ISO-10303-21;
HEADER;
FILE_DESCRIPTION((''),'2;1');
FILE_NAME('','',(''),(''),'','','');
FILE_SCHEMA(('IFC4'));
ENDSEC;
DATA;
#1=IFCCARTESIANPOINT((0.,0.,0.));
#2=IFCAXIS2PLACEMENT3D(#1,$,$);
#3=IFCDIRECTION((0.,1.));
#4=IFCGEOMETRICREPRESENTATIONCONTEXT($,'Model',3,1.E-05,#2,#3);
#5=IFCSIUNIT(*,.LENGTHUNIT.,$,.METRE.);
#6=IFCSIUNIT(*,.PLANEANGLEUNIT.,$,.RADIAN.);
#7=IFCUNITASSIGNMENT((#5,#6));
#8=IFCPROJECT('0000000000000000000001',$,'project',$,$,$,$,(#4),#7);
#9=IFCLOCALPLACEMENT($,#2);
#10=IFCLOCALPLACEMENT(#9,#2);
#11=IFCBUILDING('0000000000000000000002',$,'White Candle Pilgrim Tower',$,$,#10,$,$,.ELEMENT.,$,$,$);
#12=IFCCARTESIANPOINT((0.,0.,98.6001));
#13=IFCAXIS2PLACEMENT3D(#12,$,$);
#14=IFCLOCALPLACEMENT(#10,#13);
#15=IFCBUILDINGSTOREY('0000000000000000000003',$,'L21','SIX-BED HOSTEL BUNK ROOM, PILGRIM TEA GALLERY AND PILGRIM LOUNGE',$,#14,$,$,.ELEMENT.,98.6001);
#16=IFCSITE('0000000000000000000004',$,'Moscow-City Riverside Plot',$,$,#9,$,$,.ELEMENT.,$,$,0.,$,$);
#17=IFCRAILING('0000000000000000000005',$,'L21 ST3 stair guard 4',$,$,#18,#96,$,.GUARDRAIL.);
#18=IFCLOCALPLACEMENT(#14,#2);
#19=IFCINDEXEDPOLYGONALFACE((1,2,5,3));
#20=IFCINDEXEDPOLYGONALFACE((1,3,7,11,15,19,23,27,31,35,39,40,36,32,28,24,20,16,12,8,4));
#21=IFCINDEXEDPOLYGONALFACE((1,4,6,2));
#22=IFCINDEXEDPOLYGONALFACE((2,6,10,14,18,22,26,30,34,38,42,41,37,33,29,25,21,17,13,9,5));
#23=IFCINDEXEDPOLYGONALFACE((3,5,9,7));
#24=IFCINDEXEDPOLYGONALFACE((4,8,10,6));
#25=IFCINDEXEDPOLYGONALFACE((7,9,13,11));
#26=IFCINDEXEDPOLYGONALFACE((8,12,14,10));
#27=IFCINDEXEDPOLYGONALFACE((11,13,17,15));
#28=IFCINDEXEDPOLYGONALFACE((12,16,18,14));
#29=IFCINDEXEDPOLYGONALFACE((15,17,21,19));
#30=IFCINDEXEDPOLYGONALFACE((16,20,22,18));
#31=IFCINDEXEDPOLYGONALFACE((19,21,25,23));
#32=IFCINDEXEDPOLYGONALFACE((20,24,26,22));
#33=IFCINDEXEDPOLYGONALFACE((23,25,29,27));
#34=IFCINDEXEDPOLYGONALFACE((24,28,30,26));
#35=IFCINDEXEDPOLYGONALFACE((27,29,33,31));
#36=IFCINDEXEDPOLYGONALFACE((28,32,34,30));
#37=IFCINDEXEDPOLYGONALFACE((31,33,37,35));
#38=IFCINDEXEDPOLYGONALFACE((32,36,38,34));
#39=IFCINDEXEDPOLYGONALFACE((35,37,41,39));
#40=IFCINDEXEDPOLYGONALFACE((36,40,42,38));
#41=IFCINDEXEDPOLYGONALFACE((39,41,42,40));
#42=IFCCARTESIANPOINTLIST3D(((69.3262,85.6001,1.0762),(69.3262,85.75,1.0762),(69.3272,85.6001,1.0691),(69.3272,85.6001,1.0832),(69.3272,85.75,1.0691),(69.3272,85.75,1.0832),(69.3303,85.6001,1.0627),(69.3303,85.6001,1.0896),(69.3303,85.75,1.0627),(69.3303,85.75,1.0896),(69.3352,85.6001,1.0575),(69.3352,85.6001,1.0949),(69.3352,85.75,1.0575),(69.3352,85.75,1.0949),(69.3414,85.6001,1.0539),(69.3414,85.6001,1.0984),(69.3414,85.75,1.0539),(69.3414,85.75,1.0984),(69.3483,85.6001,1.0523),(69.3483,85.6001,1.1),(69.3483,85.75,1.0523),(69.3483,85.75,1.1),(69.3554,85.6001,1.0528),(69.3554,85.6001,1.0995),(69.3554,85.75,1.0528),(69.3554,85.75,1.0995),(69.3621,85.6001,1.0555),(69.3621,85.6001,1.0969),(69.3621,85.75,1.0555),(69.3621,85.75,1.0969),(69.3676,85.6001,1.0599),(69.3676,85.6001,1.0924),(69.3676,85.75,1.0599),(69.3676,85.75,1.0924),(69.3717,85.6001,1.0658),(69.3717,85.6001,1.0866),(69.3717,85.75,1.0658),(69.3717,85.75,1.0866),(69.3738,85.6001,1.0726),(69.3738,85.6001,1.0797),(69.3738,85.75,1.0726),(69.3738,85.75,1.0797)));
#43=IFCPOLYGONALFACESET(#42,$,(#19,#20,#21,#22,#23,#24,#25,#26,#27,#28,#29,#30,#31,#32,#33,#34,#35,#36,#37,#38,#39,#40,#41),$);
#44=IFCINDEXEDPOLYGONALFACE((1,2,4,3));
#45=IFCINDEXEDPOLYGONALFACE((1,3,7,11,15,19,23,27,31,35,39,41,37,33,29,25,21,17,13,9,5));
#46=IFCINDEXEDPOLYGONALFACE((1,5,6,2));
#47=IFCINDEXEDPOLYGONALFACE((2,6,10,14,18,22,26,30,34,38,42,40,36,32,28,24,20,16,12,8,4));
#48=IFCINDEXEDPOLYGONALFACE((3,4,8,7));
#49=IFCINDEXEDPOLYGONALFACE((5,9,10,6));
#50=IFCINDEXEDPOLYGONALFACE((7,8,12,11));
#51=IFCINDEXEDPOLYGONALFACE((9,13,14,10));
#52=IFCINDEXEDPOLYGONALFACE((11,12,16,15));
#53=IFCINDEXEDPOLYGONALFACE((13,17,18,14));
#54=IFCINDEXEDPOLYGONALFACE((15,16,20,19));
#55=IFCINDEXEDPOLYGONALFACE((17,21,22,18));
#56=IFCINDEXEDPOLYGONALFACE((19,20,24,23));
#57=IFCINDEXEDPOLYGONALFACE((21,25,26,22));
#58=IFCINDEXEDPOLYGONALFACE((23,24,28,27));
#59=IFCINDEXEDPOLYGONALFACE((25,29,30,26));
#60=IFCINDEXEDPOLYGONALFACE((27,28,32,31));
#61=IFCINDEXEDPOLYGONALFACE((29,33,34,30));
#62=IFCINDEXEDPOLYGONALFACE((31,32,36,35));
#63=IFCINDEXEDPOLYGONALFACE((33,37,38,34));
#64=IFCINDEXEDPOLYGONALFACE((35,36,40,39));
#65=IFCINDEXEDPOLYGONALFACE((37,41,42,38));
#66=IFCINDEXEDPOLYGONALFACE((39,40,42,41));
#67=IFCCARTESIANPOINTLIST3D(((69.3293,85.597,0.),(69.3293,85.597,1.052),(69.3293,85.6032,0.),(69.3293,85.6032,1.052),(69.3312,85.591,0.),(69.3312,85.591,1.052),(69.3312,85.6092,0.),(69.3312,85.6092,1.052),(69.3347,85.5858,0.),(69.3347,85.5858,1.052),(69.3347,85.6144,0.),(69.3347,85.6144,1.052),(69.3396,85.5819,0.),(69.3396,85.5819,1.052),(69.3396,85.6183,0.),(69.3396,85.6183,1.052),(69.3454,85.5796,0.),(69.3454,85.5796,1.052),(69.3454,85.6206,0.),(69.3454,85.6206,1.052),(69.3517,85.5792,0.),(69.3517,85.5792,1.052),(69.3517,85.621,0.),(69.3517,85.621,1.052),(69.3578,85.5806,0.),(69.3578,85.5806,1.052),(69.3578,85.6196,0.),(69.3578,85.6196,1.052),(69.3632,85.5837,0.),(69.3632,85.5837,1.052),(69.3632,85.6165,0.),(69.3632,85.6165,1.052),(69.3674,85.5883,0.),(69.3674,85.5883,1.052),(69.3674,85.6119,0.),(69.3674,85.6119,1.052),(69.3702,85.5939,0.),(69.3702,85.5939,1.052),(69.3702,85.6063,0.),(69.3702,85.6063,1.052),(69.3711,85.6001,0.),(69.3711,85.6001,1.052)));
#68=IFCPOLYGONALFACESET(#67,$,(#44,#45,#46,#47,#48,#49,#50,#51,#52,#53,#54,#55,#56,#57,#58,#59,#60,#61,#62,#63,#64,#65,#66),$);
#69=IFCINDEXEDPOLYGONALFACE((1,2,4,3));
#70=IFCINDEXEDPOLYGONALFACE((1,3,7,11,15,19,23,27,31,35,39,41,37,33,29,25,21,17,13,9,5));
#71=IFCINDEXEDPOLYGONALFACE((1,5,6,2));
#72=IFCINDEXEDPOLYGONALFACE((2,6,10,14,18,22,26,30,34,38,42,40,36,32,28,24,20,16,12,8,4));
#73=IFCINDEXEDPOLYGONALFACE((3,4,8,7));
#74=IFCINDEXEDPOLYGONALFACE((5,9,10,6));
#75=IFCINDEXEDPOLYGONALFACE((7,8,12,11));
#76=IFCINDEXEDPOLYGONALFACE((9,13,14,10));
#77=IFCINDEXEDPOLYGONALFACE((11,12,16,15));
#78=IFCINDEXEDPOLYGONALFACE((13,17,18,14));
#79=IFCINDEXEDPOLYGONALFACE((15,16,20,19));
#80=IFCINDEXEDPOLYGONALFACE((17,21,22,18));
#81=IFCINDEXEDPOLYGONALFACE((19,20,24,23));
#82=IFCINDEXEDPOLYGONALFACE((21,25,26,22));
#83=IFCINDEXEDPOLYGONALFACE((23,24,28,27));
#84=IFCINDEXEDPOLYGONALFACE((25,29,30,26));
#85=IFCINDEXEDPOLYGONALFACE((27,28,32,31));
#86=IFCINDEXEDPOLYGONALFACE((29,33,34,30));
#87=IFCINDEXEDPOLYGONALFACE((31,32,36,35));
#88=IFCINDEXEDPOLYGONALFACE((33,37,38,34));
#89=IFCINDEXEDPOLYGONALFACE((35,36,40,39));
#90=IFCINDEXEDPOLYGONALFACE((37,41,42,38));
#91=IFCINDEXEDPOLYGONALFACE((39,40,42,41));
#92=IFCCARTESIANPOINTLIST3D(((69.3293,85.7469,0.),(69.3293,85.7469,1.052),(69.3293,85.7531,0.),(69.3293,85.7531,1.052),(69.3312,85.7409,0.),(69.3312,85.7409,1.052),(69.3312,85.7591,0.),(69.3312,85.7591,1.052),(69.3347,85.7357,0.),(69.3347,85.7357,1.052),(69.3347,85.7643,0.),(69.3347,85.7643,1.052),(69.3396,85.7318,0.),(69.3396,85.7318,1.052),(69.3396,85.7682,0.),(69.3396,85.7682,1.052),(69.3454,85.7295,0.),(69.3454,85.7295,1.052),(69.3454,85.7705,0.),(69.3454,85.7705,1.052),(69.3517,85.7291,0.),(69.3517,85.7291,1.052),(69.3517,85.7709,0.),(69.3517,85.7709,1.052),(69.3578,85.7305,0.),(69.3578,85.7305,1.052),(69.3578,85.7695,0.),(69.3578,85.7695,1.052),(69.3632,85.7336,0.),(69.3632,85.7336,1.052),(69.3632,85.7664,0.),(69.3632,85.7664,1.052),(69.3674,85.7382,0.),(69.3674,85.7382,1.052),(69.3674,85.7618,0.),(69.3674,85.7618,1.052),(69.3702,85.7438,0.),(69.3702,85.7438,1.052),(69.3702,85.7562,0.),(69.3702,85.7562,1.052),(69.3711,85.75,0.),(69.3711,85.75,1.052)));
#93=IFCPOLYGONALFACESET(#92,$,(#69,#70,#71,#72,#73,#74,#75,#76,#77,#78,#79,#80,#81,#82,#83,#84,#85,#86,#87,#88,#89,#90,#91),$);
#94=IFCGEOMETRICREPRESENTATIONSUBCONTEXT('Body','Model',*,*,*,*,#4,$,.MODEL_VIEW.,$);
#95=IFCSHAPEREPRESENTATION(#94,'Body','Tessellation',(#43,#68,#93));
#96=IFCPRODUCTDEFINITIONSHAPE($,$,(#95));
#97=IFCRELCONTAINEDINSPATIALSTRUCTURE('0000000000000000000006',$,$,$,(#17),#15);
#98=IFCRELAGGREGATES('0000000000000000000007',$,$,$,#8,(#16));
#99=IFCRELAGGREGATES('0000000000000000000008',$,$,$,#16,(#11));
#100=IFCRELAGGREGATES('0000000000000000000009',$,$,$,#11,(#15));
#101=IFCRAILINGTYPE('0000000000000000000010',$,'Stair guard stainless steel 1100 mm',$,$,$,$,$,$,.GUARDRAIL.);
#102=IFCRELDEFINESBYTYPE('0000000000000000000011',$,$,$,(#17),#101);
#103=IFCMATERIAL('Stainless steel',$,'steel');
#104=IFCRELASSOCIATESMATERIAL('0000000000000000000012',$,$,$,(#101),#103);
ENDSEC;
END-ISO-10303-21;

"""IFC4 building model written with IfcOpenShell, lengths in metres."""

from ifc_helpers import new_model, si_unit, direction, frame, origin, origin_2d, place, context, subcontext, project, spatial, circle, extrude, material, type_object, element, save


model = new_model("IFC4")

# Units and contexts
model_context = context("Model", 3, precision=1e-05, world=origin(), true_north=direction((0.0, 1.0)))
body_context = subcontext(model_context, "Body", "Model", "MODEL_VIEW")
ifc_project = project(units=[si_unit("LENGTHUNIT", "METRE"), si_unit("PLANEANGLEUNIT", "RADIAN")], contexts=[model_context])

# Site, building, storey
site_placement = place(None, origin())
site = spatial("IfcSite", under=ifc_project, at=site_placement, Name="Moscow-City Riverside Plot", CompositionType="ELEMENT", RefElevation=0.0)
building_placement = place(site_placement, origin())
building = spatial("IfcBuilding", under=site, at=building_placement, Name="White Candle Pilgrim Tower", CompositionType="ELEMENT")
storey_placement = place(building_placement, frame((0.0, 0.0, 98.6001)))
storey = spatial("IfcBuildingStorey", under=building, at=storey_placement, Name="L21", Description="SIX-BED HOSTEL BUNK ROOM, PILGRIM TEA GALLERY AND PILGRIM LOUNGE", CompositionType="ELEMENT", Elevation=98.6001)

# Railing
ifc_material_1 = material(Name="Stainless steel", Category="steel")
railing_type_1 = type_object("IfcRailingType", Name="Stair guard stainless steel 1100 mm", PredefinedType="GUARDRAIL", material=ifc_material_1)
railing_1_placement = place(storey_placement, frame((69.3501, 85.6001, 0.0)))
element("IfcRailing", 1, at=railing_1_placement, inside=storey, type_object=railing_type_1, Name="L21 ST3 stair guard 4", PredefinedType="GUARDRAIL", context=body_context, shape_type="SweptSolid", body=[
    extrude(circle(Radius=0.0239, at=origin_2d()), frame((0.0, 0.0, 1.0762), z_axis=(0.0, 1.0, 0.0), x_axis=(-1.0, 0.0, 0.0)), (0.0, 0.0, 1.0), 0.1499),
    extrude(circle(Radius=0.021, at=origin_2d()), origin(), (0.0, 0.0, 1.0), 1.052),
    extrude(circle(Radius=0.021, at=origin_2d()), frame((0.0, 0.1499, 0.0)), (0.0, 0.0, 1.0), 1.052),
])

save(model, "model.ifc")
